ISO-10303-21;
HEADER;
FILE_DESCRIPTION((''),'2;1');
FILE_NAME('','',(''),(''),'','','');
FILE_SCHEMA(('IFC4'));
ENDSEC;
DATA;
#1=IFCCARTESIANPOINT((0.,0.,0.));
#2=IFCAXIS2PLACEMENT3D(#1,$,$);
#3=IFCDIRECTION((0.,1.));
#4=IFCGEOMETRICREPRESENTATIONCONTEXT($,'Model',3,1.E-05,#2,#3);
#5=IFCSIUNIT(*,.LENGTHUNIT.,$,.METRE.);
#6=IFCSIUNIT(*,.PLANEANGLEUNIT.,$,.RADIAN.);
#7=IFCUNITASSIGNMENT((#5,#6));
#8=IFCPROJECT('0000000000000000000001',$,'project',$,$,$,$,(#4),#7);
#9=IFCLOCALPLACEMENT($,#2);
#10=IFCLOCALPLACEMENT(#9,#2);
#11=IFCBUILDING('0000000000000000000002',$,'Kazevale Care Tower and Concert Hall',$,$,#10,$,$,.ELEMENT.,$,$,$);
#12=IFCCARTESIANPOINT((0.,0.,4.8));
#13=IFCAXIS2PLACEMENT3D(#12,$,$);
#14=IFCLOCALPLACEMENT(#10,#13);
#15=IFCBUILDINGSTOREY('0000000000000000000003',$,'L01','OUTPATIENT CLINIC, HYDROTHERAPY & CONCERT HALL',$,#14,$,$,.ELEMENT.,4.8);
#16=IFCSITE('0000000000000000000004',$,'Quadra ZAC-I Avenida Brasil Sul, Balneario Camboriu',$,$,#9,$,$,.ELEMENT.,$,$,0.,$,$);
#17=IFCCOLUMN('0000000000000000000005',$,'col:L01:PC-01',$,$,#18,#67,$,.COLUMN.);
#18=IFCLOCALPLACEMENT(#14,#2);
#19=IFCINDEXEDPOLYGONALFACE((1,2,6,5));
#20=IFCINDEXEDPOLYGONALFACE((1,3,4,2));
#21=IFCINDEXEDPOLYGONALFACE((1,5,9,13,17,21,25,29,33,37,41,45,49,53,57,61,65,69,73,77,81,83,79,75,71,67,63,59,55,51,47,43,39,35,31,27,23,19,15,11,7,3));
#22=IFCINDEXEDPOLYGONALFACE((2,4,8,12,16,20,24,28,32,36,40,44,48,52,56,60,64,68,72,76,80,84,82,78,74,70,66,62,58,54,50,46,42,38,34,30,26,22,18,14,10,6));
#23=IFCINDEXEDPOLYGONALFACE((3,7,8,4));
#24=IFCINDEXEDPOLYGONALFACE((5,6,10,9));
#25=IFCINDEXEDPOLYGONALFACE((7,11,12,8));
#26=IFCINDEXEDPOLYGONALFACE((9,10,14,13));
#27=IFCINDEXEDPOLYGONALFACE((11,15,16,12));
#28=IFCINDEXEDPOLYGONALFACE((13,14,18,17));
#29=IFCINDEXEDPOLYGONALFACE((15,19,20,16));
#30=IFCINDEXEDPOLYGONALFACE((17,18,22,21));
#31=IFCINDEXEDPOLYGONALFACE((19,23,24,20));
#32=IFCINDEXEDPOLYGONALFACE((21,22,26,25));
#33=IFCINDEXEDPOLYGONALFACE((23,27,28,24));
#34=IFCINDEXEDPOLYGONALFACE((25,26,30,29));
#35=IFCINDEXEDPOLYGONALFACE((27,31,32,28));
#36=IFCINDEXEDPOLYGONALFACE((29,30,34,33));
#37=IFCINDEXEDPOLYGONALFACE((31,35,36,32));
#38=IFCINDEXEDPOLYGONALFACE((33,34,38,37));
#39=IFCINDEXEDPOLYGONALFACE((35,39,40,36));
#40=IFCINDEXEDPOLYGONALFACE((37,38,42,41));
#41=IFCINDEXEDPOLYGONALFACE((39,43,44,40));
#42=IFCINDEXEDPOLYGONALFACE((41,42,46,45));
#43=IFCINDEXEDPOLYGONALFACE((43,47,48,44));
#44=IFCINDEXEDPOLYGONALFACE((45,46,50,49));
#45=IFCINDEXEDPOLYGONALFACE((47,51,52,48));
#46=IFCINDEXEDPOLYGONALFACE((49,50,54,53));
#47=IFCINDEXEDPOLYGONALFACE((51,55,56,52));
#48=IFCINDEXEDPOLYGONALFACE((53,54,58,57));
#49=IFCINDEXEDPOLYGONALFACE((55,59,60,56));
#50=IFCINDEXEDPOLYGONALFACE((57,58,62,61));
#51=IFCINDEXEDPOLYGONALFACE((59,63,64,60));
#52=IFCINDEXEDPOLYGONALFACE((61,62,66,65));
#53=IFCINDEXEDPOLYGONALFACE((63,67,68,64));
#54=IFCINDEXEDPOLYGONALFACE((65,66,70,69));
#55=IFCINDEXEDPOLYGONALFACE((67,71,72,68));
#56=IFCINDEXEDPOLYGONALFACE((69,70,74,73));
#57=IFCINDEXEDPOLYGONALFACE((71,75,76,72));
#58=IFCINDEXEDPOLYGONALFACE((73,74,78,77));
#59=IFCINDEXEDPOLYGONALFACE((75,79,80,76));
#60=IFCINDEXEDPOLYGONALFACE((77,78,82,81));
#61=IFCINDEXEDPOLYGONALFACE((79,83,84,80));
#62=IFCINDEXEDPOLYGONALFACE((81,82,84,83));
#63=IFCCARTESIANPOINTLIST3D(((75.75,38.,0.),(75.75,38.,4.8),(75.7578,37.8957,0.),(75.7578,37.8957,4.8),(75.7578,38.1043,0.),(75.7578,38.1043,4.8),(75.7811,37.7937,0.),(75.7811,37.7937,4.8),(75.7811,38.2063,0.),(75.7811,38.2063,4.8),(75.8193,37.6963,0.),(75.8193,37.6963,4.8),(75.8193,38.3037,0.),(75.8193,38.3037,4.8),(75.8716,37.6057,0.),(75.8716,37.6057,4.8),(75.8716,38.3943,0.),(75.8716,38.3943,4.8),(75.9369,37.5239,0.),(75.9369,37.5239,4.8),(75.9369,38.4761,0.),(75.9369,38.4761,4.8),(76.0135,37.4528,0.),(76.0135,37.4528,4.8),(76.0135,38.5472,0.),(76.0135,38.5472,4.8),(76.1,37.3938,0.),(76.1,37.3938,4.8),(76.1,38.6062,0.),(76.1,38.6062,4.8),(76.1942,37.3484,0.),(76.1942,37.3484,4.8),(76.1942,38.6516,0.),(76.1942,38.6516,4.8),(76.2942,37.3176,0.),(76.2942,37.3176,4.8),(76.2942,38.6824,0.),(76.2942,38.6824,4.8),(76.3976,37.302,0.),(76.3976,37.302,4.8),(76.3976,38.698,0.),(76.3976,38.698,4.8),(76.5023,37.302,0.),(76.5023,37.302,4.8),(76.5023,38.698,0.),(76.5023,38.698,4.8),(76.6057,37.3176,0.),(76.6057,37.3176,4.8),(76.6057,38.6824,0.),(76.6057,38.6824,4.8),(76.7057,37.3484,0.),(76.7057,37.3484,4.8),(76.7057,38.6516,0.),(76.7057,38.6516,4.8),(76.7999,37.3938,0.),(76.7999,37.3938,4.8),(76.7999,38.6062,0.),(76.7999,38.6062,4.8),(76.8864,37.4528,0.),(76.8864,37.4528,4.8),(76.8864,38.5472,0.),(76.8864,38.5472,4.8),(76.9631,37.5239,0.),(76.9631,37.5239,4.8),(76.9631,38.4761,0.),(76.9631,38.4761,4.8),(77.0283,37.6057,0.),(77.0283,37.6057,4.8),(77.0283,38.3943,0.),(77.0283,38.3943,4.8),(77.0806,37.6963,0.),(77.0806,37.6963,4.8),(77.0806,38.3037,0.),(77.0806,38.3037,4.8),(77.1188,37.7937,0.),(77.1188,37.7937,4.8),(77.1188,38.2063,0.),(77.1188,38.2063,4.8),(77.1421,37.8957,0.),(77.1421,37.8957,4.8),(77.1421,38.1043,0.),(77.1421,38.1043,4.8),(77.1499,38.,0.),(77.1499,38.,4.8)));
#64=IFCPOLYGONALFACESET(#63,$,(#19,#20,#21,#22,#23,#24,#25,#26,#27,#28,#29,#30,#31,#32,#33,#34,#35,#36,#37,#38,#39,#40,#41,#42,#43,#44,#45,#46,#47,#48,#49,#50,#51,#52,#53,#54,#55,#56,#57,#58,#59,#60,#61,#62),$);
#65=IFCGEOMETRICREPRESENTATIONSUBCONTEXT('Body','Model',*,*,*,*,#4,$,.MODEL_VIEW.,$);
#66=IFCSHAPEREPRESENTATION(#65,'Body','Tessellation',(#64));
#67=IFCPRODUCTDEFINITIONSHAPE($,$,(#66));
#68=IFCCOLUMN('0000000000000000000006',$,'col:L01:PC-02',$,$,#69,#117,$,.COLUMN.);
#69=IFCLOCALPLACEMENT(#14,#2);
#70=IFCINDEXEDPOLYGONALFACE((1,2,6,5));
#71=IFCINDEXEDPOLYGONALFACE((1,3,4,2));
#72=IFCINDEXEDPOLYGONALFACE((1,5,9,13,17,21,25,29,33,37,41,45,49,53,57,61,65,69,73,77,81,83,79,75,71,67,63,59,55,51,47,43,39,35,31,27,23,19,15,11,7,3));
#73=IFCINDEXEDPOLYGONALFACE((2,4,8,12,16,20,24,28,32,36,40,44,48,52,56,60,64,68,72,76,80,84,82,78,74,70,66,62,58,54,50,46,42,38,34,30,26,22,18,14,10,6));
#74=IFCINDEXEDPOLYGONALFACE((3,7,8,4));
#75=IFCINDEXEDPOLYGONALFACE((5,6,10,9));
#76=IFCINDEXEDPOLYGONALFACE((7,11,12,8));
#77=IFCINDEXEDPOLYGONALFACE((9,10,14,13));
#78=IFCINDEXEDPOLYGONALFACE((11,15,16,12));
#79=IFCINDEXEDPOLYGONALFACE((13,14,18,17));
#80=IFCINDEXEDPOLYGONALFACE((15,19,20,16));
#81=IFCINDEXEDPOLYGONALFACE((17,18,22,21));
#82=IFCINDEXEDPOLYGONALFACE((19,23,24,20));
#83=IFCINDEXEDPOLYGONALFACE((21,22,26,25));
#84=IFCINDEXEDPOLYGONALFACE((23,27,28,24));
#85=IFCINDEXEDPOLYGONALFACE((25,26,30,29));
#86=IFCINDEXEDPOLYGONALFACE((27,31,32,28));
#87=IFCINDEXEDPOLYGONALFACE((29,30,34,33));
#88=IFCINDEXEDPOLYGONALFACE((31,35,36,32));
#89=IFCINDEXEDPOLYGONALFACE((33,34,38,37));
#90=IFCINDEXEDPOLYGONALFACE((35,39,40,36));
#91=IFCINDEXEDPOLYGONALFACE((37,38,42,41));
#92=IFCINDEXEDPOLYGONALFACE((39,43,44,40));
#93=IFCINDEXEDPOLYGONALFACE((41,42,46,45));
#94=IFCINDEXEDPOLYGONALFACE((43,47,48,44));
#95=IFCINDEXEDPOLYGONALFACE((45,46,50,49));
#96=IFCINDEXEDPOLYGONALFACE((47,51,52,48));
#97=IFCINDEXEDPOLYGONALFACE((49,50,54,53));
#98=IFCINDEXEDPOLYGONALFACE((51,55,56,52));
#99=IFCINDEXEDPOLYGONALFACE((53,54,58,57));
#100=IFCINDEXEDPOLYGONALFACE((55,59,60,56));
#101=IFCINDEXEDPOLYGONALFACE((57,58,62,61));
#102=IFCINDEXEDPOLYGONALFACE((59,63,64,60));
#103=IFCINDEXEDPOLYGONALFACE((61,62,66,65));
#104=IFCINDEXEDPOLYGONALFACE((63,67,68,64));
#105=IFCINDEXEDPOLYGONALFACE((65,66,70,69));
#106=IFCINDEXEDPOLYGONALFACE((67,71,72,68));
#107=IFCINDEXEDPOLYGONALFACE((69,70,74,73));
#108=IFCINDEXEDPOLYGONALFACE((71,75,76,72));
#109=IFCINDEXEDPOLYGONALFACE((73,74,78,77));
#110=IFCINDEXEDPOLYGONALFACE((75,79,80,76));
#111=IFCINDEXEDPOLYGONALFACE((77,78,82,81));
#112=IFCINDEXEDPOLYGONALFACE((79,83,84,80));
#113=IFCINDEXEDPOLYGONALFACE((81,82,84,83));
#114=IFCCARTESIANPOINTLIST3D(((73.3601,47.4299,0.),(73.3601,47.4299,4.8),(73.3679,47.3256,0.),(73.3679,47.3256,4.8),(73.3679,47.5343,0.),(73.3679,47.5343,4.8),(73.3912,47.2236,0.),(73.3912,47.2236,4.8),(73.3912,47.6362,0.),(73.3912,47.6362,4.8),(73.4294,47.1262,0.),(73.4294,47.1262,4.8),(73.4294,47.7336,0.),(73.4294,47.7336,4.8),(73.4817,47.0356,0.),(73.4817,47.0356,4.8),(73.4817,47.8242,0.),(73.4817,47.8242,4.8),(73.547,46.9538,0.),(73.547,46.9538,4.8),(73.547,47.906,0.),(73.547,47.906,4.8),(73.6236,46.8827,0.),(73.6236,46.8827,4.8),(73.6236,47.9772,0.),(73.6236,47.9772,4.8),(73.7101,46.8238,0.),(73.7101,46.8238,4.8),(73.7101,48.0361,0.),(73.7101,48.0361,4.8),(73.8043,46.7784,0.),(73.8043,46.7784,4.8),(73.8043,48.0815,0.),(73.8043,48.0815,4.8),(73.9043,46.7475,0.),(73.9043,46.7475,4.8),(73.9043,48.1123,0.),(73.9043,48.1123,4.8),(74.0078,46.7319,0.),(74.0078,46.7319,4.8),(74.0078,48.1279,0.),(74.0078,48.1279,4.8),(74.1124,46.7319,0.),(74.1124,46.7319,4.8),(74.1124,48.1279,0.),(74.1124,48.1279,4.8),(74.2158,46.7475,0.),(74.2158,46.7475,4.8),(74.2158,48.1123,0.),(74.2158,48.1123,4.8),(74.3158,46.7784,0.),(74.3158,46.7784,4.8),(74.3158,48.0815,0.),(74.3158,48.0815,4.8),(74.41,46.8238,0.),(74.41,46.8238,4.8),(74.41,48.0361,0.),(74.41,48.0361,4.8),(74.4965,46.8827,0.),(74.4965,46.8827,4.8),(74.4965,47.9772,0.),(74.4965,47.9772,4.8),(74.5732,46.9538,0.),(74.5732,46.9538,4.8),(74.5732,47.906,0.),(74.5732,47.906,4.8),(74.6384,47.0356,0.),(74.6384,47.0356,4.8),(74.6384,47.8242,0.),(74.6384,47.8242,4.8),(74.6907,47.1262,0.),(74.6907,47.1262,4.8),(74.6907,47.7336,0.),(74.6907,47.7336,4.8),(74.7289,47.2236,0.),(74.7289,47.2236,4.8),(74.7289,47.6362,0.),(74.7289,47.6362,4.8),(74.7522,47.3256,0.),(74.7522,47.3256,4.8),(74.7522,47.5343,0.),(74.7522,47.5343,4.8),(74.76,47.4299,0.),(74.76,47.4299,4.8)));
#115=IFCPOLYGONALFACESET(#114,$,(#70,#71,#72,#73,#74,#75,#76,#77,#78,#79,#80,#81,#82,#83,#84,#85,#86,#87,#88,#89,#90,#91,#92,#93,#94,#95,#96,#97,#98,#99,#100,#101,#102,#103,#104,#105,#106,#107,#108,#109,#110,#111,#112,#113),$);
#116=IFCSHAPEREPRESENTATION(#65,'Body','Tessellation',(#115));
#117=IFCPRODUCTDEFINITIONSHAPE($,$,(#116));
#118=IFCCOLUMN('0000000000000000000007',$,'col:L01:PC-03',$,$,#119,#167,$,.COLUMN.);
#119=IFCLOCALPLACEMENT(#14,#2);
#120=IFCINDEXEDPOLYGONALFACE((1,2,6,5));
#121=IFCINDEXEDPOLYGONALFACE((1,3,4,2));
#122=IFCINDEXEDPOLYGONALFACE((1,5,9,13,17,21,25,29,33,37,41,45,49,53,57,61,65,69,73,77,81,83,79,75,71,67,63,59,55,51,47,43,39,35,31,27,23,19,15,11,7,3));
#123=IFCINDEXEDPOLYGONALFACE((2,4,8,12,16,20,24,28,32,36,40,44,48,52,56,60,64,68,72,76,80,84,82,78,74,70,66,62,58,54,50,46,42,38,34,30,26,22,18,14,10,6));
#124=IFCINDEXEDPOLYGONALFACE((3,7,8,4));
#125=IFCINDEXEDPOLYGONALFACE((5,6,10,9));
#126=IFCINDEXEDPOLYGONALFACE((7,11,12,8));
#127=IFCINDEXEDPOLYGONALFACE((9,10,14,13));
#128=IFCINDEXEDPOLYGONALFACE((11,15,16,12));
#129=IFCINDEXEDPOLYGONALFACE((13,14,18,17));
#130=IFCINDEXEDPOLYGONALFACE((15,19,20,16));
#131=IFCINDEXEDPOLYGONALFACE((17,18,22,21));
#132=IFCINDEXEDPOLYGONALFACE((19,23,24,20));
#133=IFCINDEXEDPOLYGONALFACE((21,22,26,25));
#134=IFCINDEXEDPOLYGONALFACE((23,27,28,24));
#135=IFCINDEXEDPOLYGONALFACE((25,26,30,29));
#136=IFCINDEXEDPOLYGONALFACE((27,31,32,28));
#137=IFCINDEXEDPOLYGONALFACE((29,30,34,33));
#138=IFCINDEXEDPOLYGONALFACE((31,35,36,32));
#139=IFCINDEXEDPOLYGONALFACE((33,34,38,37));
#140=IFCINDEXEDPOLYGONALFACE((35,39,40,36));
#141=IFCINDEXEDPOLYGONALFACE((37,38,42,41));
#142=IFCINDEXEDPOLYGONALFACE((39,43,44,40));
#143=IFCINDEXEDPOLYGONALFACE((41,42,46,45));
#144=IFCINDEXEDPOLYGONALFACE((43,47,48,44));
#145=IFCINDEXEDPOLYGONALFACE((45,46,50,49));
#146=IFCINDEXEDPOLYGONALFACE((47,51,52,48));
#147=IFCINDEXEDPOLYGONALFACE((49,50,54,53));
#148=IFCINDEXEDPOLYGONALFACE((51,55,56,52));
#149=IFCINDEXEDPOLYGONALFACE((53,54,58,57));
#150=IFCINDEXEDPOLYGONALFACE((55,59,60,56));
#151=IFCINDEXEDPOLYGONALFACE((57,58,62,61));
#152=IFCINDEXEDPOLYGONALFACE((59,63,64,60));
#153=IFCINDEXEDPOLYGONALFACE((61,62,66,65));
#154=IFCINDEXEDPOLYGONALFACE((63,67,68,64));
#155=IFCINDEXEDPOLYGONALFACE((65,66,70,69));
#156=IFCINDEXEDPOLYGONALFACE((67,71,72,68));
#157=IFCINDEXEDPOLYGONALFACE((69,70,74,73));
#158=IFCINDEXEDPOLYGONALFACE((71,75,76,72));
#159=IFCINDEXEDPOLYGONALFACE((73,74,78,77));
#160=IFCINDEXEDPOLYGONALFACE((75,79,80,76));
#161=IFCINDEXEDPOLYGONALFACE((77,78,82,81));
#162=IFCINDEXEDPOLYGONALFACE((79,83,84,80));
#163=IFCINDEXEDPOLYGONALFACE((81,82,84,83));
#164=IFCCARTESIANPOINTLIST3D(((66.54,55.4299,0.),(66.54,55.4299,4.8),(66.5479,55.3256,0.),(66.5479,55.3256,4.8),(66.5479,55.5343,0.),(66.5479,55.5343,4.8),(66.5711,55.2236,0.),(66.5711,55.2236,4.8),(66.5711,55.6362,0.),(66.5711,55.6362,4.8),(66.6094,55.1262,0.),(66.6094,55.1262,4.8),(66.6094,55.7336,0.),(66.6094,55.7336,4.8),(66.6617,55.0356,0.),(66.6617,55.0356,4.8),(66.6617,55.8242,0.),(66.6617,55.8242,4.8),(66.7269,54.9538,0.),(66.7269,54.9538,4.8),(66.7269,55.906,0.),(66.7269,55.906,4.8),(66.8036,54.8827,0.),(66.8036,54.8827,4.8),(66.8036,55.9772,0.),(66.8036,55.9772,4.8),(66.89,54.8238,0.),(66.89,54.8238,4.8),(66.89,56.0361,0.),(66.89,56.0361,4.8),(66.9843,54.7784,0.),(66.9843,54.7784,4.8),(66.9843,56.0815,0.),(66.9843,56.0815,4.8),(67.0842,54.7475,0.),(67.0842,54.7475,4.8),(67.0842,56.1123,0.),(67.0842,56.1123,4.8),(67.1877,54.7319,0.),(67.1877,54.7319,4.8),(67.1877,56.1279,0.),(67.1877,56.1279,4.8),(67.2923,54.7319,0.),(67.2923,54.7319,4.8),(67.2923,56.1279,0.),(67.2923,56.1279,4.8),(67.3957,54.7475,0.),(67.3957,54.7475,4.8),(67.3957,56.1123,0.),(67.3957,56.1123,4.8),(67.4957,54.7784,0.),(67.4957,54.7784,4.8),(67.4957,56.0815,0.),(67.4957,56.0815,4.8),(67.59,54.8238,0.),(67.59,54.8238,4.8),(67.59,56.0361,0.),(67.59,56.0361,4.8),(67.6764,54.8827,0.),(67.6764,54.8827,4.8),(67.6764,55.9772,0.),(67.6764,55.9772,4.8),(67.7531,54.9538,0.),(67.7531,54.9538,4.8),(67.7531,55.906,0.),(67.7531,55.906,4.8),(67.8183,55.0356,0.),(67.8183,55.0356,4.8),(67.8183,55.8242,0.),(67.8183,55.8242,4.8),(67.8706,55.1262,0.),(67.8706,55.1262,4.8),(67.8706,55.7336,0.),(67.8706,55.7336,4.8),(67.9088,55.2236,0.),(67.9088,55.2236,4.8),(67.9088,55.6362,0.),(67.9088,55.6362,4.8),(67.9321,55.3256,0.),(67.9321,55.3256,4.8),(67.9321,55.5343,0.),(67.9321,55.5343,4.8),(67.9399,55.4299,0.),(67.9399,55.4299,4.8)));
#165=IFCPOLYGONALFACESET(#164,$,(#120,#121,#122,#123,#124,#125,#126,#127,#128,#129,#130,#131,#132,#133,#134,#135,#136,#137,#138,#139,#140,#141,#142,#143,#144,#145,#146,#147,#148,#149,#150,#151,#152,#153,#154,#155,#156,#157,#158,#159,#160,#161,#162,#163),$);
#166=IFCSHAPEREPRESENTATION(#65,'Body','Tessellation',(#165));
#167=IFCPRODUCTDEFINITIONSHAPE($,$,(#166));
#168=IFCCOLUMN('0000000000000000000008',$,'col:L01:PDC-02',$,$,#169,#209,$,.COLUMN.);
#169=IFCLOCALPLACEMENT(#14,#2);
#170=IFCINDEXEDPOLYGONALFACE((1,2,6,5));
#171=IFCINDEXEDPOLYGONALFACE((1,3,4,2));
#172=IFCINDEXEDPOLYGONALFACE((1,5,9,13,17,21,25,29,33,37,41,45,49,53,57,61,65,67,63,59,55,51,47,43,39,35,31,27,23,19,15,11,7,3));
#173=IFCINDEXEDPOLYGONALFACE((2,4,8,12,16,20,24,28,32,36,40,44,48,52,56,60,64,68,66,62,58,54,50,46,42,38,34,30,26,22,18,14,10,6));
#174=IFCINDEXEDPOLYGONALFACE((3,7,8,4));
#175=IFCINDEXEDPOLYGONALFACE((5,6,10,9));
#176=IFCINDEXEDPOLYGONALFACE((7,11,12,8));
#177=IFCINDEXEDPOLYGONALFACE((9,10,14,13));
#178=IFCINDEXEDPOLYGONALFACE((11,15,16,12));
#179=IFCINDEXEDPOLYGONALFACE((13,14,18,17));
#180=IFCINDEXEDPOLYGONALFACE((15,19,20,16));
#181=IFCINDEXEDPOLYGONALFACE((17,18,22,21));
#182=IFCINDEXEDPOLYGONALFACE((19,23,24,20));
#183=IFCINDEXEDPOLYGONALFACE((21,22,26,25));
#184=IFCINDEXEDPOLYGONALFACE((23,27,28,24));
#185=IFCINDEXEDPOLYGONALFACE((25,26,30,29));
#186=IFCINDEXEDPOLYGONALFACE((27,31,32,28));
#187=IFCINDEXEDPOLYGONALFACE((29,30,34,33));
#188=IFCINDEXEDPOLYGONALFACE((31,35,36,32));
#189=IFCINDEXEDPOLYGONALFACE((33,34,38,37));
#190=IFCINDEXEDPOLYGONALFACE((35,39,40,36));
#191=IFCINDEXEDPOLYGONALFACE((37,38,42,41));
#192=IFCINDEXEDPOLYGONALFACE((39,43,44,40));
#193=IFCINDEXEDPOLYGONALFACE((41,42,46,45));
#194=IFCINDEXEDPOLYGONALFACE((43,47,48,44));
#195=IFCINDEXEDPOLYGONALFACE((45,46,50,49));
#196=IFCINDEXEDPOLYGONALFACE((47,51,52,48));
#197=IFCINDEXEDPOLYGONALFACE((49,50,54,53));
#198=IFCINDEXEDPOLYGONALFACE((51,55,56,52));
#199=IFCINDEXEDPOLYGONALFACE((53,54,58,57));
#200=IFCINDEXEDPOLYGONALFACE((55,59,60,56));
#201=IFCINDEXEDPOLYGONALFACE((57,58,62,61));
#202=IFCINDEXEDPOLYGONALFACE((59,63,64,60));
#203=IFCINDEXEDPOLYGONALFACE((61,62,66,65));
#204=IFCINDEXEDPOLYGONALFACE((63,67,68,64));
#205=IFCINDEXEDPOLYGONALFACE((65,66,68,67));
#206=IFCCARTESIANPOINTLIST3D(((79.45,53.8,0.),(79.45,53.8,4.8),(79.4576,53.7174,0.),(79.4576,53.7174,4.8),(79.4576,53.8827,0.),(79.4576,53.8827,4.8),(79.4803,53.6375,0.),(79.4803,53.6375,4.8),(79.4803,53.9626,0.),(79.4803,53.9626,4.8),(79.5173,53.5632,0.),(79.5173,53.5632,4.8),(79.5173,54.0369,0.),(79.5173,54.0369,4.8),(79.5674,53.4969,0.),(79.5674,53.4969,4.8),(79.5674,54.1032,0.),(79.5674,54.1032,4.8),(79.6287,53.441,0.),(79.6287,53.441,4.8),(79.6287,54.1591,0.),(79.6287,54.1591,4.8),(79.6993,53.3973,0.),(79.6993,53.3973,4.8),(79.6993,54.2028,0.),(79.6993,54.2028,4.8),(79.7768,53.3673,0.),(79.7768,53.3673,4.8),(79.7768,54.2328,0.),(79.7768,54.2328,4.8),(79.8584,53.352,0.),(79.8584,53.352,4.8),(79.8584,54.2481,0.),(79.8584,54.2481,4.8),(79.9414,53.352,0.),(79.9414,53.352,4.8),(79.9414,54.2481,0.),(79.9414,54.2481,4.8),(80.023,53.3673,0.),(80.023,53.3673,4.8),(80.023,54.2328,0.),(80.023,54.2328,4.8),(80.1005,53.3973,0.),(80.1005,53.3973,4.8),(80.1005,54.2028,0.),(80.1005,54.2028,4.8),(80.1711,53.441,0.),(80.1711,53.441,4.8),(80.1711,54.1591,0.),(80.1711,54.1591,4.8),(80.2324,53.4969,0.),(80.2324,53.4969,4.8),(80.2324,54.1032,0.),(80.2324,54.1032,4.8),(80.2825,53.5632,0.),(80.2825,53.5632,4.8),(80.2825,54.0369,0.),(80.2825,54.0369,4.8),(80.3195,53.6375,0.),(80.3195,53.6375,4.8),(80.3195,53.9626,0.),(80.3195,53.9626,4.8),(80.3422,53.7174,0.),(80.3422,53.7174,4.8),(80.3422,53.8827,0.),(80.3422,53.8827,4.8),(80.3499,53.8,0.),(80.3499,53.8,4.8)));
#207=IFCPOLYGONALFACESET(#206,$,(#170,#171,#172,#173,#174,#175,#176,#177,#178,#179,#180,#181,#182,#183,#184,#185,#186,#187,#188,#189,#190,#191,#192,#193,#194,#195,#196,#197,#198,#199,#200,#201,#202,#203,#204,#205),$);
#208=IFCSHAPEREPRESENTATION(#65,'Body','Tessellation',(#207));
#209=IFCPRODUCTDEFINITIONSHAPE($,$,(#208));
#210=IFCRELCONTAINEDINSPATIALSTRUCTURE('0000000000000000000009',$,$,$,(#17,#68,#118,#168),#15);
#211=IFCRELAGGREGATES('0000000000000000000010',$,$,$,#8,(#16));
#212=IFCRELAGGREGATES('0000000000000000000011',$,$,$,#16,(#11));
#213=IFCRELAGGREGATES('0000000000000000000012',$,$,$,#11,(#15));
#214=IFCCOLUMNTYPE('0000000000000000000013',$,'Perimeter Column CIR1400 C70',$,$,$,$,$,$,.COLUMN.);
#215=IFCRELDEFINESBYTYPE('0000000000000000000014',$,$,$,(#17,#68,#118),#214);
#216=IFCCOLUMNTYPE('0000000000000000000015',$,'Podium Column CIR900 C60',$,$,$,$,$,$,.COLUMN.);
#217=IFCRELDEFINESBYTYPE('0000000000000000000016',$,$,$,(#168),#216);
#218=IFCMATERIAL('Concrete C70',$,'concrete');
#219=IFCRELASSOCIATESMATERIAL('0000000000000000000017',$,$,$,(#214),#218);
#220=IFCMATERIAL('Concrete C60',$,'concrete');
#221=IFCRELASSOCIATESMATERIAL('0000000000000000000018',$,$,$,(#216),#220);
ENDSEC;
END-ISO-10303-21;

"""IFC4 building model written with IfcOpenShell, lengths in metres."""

from ifc_helpers import new_model, si_unit, direction, frame, origin, origin_2d, place, context, subcontext, project, spatial, circle, extrude, material, material_profile, profile_set, type_object, element, save


model = new_model("IFC4")

# Units and contexts
model_context = context("Model", 3, precision=1e-05, world=origin(), true_north=direction((0.0, 1.0)))
body_context = subcontext(model_context, "Body", "Model", "MODEL_VIEW")
ifc_project = project(units=[si_unit("LENGTHUNIT", "METRE"), si_unit("PLANEANGLEUNIT", "RADIAN")], contexts=[model_context])

# Site, building, storey
site_placement = place(None, origin())
site = spatial("IfcSite", under=ifc_project, at=site_placement, Name="Quadra ZAC-I Avenida Brasil Sul, Balneario Camboriu", CompositionType="ELEMENT", RefElevation=0.0)
building_placement = place(site_placement, origin())
building = spatial("IfcBuilding", under=site, at=building_placement, Name="Kazevale Care Tower and Concert Hall", CompositionType="ELEMENT")
storey_placement = place(building_placement, frame((0.0, 0.0, 4.8)))
storey = spatial("IfcBuildingStorey", under=building, at=storey_placement, Name="L01", Description="OUTPATIENT CLINIC, HYDROTHERAPY & CONCERT HALL", CompositionType="ELEMENT", Elevation=4.8)

# Columns
ifc_material_1 = material(Name="Concrete C70", Category="concrete")
ifc_material_profile_1 = material_profile(ifc_material_1, circle(Radius=0.7, at=origin_2d()), Name="RC-CIR1400")
ifc_profile_set_1 = profile_set([ifc_material_profile_1], Name="Concrete C70")
column_type_1 = type_object("IfcColumnType", Name="Perimeter Column CIR1400 C70", PredefinedType="COLUMN", material=ifc_profile_set_1)
for number, where, z_axis, x_axis, name in (
    (1, (76.45, 38.0, 0.0), (0.0, 0.0, 1.0), (1.0, 0.0, 0.0), "col:L01:PC-01"),
    (2, (74.0601, 47.4299, 0.0), (0.0, 0.0, 1.0), (1.0, 0.0, 0.0), "col:L01:PC-02"),
    (3, (67.24, 55.4299, 0.0), (0.0, 0.0, 1.0), (1.0, 0.0, 0.0), "col:L01:PC-03"),
):
    element("IfcColumn", number, at=place(storey_placement, frame(where, z_axis=z_axis, x_axis=x_axis)), inside=storey, type_object=column_type_1, Name=name, PredefinedType="COLUMN", context=body_context, shape_type="SweptSolid", body=[
        extrude(circle(Radius=0.7, at=origin_2d()), origin(), (0.0, 0.0, 1.0), 4.8),
    ])
ifc_material_2 = material(Name="Concrete C60", Category="concrete")
ifc_material_profile_2 = material_profile(ifc_material_2, circle(Radius=0.45, at=origin_2d()), Name="RC-CIR900")
ifc_profile_set_2 = profile_set([ifc_material_profile_2], Name="Concrete C60")
column_type_2 = type_object("IfcColumnType", Name="Podium Column CIR900 C60", PredefinedType="COLUMN", material=ifc_profile_set_2)
for number, where, z_axis, x_axis, name in (
    (4, (79.8999, 53.8, 0.0), (0.0, 0.0, 1.0), (1.0, 0.0, 0.0), "col:L01:PDC-02"),
):
    element("IfcColumn", number, at=place(storey_placement, frame(where, z_axis=z_axis, x_axis=x_axis)), inside=storey, type_object=column_type_2, Name=name, PredefinedType="COLUMN", context=body_context, shape_type="SweptSolid", body=[
        extrude(circle(Radius=0.45, at=origin_2d()), origin(), (0.0, 0.0, 1.0), 4.8),
    ])

save(model, "model.ifc")
